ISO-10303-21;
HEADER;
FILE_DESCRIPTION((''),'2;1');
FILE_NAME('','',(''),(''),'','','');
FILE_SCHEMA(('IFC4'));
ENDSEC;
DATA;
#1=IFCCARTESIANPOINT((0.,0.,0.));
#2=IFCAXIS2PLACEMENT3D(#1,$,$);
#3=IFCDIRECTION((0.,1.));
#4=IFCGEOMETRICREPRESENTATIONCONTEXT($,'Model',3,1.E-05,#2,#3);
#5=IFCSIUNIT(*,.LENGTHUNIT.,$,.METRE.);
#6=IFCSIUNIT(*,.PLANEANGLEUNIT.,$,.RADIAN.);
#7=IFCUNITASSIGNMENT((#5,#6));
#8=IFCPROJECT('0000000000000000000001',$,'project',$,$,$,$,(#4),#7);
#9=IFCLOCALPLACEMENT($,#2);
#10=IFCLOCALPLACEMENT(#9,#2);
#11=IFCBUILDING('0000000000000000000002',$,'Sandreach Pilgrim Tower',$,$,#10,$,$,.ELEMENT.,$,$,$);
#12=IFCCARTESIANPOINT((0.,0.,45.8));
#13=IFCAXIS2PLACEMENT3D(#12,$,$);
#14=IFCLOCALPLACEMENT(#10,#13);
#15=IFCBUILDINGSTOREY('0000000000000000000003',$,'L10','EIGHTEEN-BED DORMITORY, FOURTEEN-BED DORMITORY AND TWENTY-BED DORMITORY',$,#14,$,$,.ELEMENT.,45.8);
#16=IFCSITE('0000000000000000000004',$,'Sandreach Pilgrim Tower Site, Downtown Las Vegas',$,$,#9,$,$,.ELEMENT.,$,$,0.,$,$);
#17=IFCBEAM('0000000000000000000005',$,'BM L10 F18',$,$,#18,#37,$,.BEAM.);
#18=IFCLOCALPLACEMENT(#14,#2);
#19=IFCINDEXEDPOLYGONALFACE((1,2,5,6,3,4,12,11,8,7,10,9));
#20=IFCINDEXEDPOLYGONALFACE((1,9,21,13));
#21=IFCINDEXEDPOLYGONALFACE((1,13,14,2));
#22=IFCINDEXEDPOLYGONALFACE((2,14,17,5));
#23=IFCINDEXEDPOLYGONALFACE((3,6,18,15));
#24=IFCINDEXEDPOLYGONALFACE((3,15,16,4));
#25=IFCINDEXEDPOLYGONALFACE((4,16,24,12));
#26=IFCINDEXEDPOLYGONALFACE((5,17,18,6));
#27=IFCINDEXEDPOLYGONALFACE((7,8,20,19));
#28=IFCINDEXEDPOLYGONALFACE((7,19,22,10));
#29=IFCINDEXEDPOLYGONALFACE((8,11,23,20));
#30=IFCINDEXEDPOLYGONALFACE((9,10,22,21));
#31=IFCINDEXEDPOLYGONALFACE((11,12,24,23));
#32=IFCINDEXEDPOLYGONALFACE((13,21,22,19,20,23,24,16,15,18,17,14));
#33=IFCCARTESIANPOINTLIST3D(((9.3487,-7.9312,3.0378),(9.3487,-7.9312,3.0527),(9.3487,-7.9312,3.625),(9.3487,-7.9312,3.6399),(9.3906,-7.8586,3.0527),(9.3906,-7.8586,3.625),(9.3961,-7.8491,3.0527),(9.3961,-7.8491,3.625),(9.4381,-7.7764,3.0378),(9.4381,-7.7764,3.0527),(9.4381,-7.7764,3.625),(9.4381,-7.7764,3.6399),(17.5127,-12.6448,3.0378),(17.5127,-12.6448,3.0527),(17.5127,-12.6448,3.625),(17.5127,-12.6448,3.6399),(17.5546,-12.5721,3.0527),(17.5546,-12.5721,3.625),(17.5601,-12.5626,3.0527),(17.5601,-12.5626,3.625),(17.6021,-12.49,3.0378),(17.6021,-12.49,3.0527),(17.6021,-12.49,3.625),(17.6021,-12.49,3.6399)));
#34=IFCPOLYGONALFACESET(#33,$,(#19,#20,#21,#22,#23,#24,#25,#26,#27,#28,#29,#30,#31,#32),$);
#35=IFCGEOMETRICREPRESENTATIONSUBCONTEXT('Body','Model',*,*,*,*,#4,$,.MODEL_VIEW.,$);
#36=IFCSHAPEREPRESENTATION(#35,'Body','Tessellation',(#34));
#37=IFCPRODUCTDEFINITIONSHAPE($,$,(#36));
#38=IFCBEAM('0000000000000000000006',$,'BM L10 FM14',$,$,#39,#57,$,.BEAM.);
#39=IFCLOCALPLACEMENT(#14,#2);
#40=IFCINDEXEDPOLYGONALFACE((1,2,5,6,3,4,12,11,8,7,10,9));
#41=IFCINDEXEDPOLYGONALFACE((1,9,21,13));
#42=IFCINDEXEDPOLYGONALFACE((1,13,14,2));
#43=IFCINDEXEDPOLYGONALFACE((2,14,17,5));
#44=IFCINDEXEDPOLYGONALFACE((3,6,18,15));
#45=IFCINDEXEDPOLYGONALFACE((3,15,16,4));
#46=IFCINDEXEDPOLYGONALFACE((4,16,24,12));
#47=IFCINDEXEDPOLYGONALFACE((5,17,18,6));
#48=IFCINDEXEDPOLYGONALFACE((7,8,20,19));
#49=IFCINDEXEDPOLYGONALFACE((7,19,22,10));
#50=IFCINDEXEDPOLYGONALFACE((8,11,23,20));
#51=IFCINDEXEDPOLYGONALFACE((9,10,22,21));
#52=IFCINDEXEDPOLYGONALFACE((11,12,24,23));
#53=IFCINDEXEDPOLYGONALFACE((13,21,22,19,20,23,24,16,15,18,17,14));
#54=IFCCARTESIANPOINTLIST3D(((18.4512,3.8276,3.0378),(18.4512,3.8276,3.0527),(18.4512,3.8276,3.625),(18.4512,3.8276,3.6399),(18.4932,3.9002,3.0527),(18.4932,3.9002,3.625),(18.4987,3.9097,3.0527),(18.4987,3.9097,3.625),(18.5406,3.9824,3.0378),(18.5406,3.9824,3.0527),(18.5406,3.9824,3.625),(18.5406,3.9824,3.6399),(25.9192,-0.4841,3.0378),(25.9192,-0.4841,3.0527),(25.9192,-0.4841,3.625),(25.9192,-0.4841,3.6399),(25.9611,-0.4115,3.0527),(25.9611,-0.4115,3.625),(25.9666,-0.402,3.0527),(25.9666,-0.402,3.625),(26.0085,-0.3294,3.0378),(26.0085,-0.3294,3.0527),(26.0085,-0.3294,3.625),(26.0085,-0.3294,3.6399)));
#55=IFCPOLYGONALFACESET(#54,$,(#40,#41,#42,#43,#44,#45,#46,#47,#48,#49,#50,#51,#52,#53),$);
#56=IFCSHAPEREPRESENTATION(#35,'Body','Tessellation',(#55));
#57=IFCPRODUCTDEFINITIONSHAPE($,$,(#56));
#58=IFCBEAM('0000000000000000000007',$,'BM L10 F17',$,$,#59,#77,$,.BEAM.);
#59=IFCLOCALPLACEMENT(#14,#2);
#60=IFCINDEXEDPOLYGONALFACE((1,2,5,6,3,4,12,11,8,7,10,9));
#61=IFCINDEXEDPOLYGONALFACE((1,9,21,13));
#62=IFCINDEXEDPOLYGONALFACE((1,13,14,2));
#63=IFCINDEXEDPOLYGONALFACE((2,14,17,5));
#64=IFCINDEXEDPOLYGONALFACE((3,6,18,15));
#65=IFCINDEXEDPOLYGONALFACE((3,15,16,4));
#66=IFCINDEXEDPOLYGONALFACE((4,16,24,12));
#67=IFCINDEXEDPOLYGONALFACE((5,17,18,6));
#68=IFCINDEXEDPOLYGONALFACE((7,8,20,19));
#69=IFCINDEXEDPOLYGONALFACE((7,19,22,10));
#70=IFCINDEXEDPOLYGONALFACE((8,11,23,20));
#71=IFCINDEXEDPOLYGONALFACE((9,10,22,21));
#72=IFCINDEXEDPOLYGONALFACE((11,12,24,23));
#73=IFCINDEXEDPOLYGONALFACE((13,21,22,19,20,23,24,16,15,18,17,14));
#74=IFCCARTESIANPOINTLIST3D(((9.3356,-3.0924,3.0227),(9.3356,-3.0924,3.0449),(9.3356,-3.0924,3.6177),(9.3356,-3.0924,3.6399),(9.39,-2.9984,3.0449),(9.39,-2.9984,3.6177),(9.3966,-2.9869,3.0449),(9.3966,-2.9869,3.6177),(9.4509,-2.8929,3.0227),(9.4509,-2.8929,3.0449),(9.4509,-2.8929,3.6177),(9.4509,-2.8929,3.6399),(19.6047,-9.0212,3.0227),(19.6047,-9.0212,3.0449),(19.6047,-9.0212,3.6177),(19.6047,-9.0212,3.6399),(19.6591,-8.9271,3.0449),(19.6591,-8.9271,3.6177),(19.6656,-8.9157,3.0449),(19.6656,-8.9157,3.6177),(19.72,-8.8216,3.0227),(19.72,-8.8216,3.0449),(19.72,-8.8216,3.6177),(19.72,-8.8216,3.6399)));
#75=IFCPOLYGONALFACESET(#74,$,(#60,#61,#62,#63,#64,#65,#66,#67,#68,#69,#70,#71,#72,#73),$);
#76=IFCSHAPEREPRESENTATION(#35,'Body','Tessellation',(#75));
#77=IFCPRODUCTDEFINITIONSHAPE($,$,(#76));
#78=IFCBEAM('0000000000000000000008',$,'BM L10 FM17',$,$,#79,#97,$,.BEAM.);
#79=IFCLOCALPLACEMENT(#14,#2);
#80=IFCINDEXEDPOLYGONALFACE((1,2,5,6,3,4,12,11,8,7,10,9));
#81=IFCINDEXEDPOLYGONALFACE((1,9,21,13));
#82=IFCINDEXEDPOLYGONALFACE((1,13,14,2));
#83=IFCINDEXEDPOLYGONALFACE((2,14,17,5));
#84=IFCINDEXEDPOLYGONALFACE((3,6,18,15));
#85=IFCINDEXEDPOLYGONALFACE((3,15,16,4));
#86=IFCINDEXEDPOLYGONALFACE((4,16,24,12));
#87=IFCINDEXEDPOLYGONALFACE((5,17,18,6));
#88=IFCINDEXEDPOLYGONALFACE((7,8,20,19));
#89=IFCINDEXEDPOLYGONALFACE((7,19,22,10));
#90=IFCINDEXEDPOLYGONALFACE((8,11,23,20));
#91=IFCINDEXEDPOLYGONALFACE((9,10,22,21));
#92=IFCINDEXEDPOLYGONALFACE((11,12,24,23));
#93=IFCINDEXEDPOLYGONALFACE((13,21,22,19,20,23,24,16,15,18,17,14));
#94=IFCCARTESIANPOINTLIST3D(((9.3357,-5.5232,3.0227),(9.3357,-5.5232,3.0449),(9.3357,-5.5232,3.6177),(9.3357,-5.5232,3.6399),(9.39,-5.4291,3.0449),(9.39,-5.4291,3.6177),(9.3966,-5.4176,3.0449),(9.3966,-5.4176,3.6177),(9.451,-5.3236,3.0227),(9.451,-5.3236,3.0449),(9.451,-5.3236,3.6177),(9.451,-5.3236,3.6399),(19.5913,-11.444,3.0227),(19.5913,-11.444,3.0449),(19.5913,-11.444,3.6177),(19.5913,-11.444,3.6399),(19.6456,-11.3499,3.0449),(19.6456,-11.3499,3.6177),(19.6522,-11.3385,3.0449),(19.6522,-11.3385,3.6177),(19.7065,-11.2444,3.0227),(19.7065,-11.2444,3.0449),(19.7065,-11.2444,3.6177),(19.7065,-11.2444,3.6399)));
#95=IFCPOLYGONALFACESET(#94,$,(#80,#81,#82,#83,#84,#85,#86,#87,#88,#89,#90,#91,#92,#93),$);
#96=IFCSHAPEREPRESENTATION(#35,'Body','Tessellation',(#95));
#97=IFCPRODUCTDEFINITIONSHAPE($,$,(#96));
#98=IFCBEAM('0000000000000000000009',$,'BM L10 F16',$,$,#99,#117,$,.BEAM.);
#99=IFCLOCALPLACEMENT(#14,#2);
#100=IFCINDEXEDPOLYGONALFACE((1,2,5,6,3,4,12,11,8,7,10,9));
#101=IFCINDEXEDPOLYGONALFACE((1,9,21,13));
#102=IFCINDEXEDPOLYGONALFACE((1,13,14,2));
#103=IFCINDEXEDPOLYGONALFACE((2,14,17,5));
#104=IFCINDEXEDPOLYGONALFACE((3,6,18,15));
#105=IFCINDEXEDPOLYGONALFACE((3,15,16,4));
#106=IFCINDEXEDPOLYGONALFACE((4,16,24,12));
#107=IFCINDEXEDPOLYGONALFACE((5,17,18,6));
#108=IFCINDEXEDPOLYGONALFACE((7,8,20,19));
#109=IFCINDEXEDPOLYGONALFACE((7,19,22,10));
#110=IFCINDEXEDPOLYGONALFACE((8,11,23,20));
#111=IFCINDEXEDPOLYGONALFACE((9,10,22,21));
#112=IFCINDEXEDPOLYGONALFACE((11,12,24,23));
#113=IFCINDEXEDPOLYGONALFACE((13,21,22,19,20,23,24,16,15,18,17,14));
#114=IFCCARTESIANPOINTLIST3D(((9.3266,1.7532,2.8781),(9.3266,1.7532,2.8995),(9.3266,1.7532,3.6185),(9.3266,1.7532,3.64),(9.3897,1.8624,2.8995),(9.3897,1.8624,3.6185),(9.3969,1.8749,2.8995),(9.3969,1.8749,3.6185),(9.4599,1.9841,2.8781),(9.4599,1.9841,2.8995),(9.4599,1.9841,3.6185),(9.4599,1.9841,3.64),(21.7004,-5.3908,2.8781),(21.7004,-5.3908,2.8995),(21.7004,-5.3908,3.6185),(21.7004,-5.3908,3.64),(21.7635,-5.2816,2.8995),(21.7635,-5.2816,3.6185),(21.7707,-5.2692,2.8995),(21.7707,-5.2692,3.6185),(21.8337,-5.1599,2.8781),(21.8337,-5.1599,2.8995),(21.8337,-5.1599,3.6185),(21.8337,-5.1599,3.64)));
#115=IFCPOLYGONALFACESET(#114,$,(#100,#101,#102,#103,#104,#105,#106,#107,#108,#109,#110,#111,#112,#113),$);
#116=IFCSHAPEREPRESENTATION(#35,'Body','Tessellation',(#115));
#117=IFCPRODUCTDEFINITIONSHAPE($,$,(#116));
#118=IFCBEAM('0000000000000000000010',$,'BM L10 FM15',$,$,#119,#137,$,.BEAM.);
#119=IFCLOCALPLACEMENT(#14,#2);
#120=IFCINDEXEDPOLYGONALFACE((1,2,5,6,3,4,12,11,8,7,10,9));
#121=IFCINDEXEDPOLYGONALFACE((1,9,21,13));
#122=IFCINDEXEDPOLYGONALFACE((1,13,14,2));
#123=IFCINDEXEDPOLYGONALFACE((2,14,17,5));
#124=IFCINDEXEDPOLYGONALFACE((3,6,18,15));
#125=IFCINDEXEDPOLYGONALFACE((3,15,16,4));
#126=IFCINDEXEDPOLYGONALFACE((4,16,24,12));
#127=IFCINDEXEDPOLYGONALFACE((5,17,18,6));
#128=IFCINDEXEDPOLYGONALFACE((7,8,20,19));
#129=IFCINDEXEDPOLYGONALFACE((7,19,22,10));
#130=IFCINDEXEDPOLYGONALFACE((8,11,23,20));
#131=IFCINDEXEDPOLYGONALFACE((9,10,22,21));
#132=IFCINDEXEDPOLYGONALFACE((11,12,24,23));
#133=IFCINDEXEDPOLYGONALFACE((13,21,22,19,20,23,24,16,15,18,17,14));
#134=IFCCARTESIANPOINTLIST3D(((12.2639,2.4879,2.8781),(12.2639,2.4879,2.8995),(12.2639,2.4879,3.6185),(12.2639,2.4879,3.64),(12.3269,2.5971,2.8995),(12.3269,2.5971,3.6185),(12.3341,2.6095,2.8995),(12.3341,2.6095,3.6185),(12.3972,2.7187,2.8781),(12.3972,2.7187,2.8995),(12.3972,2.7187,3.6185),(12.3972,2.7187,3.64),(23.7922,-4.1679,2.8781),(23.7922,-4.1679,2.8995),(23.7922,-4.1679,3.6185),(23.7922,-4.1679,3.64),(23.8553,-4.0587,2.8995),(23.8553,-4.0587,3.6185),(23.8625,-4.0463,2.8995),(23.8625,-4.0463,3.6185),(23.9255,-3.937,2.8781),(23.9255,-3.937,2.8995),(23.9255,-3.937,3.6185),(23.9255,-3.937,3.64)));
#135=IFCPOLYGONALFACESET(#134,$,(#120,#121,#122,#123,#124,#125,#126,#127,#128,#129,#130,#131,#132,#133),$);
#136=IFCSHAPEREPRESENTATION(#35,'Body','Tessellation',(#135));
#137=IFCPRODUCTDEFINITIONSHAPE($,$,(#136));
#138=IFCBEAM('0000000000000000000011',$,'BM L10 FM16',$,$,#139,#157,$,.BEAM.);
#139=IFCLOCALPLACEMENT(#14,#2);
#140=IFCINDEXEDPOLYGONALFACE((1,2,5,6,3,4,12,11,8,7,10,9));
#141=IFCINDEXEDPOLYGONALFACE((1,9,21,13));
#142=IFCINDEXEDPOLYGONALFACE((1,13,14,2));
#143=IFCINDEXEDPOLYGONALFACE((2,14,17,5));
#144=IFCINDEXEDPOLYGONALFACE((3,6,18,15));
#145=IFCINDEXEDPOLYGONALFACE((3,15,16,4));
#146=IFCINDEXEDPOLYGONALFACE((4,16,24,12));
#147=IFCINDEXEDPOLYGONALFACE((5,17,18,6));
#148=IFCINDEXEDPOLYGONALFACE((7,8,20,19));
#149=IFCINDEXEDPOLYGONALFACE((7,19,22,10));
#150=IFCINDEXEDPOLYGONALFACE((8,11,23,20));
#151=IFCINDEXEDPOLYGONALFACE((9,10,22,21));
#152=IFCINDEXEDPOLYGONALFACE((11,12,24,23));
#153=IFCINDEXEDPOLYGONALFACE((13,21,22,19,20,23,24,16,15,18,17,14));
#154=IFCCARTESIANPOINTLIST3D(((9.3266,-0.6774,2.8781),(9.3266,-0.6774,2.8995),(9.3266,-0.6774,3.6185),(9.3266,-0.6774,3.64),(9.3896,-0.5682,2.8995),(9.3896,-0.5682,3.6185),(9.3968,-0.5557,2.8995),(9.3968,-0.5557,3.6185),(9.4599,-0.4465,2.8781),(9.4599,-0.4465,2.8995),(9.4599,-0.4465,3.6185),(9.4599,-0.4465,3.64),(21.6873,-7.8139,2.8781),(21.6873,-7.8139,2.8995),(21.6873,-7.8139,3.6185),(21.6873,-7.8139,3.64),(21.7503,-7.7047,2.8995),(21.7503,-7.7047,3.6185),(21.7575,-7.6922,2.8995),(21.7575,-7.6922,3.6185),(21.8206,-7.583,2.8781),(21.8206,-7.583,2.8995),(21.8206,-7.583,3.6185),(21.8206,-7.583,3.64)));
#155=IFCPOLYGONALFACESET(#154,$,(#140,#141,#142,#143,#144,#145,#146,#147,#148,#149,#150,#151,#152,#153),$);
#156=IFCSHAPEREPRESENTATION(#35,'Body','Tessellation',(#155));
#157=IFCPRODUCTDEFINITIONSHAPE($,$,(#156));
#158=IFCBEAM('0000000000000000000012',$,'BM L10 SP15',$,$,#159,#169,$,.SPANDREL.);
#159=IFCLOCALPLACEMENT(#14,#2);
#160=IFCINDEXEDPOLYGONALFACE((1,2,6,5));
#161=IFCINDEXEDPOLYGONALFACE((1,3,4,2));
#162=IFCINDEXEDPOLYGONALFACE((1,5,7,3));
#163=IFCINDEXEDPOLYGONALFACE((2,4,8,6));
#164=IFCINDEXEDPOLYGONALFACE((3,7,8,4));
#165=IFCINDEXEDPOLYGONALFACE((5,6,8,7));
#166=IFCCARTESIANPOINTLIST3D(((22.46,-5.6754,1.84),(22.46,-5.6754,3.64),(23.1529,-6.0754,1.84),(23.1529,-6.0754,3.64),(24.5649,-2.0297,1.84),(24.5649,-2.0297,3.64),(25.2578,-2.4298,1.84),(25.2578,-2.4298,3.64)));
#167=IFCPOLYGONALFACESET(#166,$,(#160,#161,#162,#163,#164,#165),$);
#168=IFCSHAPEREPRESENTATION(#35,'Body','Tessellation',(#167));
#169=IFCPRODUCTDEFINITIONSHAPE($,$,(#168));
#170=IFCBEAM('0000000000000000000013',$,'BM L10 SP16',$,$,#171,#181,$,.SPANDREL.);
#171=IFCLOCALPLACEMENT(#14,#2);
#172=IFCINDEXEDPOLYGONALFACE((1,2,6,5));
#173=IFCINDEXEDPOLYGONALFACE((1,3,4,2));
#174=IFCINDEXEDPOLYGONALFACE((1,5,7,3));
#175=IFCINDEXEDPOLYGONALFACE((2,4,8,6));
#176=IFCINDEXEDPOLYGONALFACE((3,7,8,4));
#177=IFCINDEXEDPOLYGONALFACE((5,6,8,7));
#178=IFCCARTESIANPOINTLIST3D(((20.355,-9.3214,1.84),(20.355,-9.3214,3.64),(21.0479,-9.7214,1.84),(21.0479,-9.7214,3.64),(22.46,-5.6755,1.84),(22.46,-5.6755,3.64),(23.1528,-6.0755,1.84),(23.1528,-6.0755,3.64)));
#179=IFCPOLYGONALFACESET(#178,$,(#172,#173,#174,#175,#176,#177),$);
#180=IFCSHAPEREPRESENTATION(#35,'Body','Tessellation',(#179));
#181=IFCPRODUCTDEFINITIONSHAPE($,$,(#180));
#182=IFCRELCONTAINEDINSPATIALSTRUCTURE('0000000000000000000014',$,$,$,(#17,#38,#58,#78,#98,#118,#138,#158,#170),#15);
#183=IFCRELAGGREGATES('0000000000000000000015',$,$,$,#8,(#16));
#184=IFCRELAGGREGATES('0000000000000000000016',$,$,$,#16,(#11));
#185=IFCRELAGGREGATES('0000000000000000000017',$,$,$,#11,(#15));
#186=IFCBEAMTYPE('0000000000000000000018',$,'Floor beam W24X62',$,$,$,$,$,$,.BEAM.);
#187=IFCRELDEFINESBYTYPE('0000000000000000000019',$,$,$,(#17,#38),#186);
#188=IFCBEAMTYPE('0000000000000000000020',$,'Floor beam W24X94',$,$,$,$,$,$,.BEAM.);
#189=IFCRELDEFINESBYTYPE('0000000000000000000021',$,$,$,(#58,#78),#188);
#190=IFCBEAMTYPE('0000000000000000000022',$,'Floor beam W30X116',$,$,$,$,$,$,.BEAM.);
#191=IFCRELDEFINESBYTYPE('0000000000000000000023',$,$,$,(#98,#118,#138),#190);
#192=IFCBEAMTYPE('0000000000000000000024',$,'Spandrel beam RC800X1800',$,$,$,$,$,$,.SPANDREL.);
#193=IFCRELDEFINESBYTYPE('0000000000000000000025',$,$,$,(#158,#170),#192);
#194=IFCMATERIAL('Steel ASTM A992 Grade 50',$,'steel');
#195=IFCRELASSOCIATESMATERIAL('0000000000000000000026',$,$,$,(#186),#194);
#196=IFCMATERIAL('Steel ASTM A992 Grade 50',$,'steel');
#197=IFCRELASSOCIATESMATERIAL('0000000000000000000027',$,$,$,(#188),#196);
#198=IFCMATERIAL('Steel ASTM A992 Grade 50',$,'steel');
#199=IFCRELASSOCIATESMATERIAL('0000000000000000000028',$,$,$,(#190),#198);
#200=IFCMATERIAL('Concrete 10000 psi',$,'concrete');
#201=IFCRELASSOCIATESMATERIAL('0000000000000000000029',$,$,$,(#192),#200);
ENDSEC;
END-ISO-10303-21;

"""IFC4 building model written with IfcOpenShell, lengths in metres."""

from ifc_helpers import new_model, si_unit, direction, frame, origin, origin_2d, place, context, subcontext, project, spatial, rectangle, i_section, extrude, material, material_profile, profile_set, type_object, element, save


model = new_model("IFC4")

# Units and contexts
model_context = context("Model", 3, precision=1e-05, world=origin(), true_north=direction((0.0, 1.0)))
body_context = subcontext(model_context, "Body", "Model", "MODEL_VIEW")
ifc_project = project(units=[si_unit("LENGTHUNIT", "METRE"), si_unit("PLANEANGLEUNIT", "RADIAN")], contexts=[model_context])

# Site, building, storey
site_placement = place(None, origin())
site = spatial("IfcSite", under=ifc_project, at=site_placement, Name="Sandreach Pilgrim Tower Site, Downtown Las Vegas", CompositionType="ELEMENT", RefElevation=0.0)
building_placement = place(site_placement, origin())
building = spatial("IfcBuilding", under=site, at=building_placement, Name="Sandreach Pilgrim Tower", CompositionType="ELEMENT")
storey_placement = place(building_placement, frame((0.0, 0.0, 45.8)))
storey = spatial("IfcBuildingStorey", under=building, at=storey_placement, Name="L10", Description="EIGHTEEN-BED DORMITORY, FOURTEEN-BED DORMITORY AND TWENTY-BED DORMITORY", CompositionType="ELEMENT", Elevation=45.8)

# Beams
ifc_material_1 = material(Name="Steel ASTM A992 Grade 50", Category="steel")
ifc_material_profile_1 = material_profile(ifc_material_1, i_section(OverallWidth=0.1787, OverallDepth=0.6021, WebThickness=0.011, FlangeThickness=0.0149, at=origin_2d()), Name="W24X62")
ifc_profile_set_1 = profile_set([ifc_material_profile_1], Name="Steel ASTM A992 Grade 50")
beam_type_1 = type_object("IfcBeamType", Name="Floor beam W24X62", PredefinedType="BEAM", material=ifc_profile_set_1)
beam_1_placement = place(storey_placement, frame((17.5574, -12.5674, 3.3389), z_axis=(-0.866021, 0.500008, 0.0), x_axis=(-0.500008, -0.866021, 0.0)))
element("IfcBeam", 1, at=beam_1_placement, inside=storey, type_object=beam_type_1, Name="BM L10 F18", PredefinedType="BEAM", context=body_context, shape_type="SweptSolid", body=[
    extrude(i_section(OverallWidth=0.1787, OverallDepth=0.6021, WebThickness=0.011, FlangeThickness=0.0149, at=origin_2d()), origin(), (0.0, 0.0, 1.0), 9.427),
])
beam_2_placement = place(storey_placement, frame((25.9639, -0.4067, 3.3389), z_axis=(-0.86602, 0.500009, 0.0), x_axis=(-0.500009, -0.86602, 0.0)))
element("IfcBeam", 2, at=beam_2_placement, inside=storey, type_object=beam_type_1, Name="BM L10 FM14", PredefinedType="BEAM", context=body_context, shape_type="SweptSolid", body=[
    extrude(i_section(OverallWidth=0.1787, OverallDepth=0.6021, WebThickness=0.011, FlangeThickness=0.0149, at=origin_2d()), origin(), (0.0, 0.0, 1.0), 8.6233),
])
ifc_material_2 = material(Name="Steel ASTM A992 Grade 50", Category="steel")
ifc_material_profile_2 = material_profile(ifc_material_2, i_section(OverallWidth=0.2305, OverallDepth=0.6172, WebThickness=0.0132, FlangeThickness=0.0222, at=origin_2d()), Name="W24X94")
ifc_profile_set_2 = profile_set([ifc_material_profile_2], Name="Steel ASTM A992 Grade 50")
beam_type_2 = type_object("IfcBeamType", Name="Floor beam W24X94", PredefinedType="BEAM", material=ifc_profile_set_2)
beam_3_placement = place(storey_placement, frame((19.6624, -8.9214, 3.3313), z_axis=(-0.86603, 0.499992, 0.0), x_axis=(-0.499992, -0.86603, 0.0)))
element("IfcBeam", 3, at=beam_3_placement, inside=storey, type_object=beam_type_2, Name="BM L10 F17", PredefinedType="BEAM", context=body_context, shape_type="SweptSolid", body=[
    extrude(i_section(OverallWidth=0.2305, OverallDepth=0.6172, WebThickness=0.0132, FlangeThickness=0.0222, at=origin_2d()), origin(), (0.0, 0.0, 1.0), 11.8577),
])
beam_4_placement = place(storey_placement, frame((19.6489, -11.3442, 3.3313), z_axis=(-0.866032, 0.499988, 0.0), x_axis=(-0.499988, -0.866032, 0.0)))
element("IfcBeam", 4, at=beam_4_placement, inside=storey, type_object=beam_type_2, Name="BM L10 FM17", PredefinedType="BEAM", context=body_context, shape_type="SweptSolid", body=[
    extrude(i_section(OverallWidth=0.2305, OverallDepth=0.6172, WebThickness=0.0132, FlangeThickness=0.0222, at=origin_2d()), origin(), (0.0, 0.0, 1.0), 11.842),
])
ifc_material_3 = material(Name="Steel ASTM A992 Grade 50", Category="steel")
ifc_material_profile_3 = material_profile(ifc_material_3, i_section(OverallWidth=0.2666, OverallDepth=0.762, WebThickness=0.0144, FlangeThickness=0.0215, at=origin_2d()), Name="W30X116")
ifc_profile_set_3 = profile_set([ifc_material_profile_3], Name="Steel ASTM A992 Grade 50")
beam_type_3 = type_object("IfcBeamType", Name="Floor beam W30X116", PredefinedType="BEAM", material=ifc_profile_set_3)
beam_5_placement = place(storey_placement, frame((21.7671, -5.2754, 3.259), z_axis=(-0.866024, 0.500002, 0.0), x_axis=(-0.500002, -0.866024, 0.0)))
element("IfcBeam", 5, at=beam_5_placement, inside=storey, type_object=beam_type_3, Name="BM L10 F16", PredefinedType="BEAM", context=body_context, shape_type="SweptSolid", body=[
    extrude(i_section(OverallWidth=0.2666, OverallDepth=0.762, WebThickness=0.0144, FlangeThickness=0.0215, at=origin_2d()), origin(), (0.0, 0.0, 1.0), 14.2881),
])
beam_6_placement = place(storey_placement, frame((23.8589, -4.0525, 3.259), z_axis=(-0.866029, 0.499993, 0.0), x_axis=(-0.499993, -0.866029, 0.0)))
element("IfcBeam", 6, at=beam_6_placement, inside=storey, type_object=beam_type_3, Name="BM L10 FM15", PredefinedType="BEAM", context=body_context, shape_type="SweptSolid", body=[
    extrude(i_section(OverallWidth=0.2666, OverallDepth=0.762, WebThickness=0.0144, FlangeThickness=0.0215, at=origin_2d()), origin(), (0.0, 0.0, 1.0), 13.3118),
])
beam_7_placement = place(storey_placement, frame((21.7539, -7.6985, 3.259), z_axis=(-0.866023, 0.500004, 0.0), x_axis=(-0.500004, -0.866023, 0.0)))
element("IfcBeam", 7, at=beam_7_placement, inside=storey, type_object=beam_type_3, Name="BM L10 FM16", PredefinedType="BEAM", context=body_context, shape_type="SweptSolid", body=[
    extrude(i_section(OverallWidth=0.2666, OverallDepth=0.762, WebThickness=0.0144, FlangeThickness=0.0215, at=origin_2d()), origin(), (0.0, 0.0, 1.0), 14.2729),
])
ifc_material_4 = material(Name="Concrete 10000 psi", Category="concrete")
ifc_material_profile_4 = material_profile(ifc_material_4, rectangle(XDim=0.8, YDim=1.8, at=origin_2d()), Name="RC800X1800")
ifc_profile_set_4 = profile_set([ifc_material_profile_4], Name="Concrete 10000 psi")
beam_type_4 = type_object("IfcBeamType", Name="Spandrel beam RC800X1800", PredefinedType="SPANDREL", material=ifc_profile_set_4)
beam_8_placement = place(storey_placement, frame((24.9114, -2.2297, 2.74), z_axis=(-0.500019, -0.866015, 0.0), x_axis=(0.866015, -0.500019, 0.0)))
element("IfcBeam", 8, at=beam_8_placement, inside=storey, type_object=beam_type_4, Name="BM L10 SP15", PredefinedType="SPANDREL", context=body_context, shape_type="SweptSolid", body=[
    extrude(rectangle(XDim=0.8, YDim=1.8, at=origin_2d()), origin(), (0.0, 0.0, 1.0), 4.2097),
])
beam_9_placement = place(storey_placement, frame((22.8064, -5.8755, 2.74), z_axis=(-0.499994, -0.866029, 0.0), x_axis=(0.866029, -0.499994, 0.0)))
element("IfcBeam", 9, at=beam_9_placement, inside=storey, type_object=beam_type_4, Name="BM L10 SP16", PredefinedType="SPANDREL", context=body_context, shape_type="SweptSolid", body=[
    extrude(rectangle(XDim=0.8, YDim=1.8, at=origin_2d()), origin(), (0.0, 0.0, 1.0), 4.21),
])

save(model, "model.ifc")
